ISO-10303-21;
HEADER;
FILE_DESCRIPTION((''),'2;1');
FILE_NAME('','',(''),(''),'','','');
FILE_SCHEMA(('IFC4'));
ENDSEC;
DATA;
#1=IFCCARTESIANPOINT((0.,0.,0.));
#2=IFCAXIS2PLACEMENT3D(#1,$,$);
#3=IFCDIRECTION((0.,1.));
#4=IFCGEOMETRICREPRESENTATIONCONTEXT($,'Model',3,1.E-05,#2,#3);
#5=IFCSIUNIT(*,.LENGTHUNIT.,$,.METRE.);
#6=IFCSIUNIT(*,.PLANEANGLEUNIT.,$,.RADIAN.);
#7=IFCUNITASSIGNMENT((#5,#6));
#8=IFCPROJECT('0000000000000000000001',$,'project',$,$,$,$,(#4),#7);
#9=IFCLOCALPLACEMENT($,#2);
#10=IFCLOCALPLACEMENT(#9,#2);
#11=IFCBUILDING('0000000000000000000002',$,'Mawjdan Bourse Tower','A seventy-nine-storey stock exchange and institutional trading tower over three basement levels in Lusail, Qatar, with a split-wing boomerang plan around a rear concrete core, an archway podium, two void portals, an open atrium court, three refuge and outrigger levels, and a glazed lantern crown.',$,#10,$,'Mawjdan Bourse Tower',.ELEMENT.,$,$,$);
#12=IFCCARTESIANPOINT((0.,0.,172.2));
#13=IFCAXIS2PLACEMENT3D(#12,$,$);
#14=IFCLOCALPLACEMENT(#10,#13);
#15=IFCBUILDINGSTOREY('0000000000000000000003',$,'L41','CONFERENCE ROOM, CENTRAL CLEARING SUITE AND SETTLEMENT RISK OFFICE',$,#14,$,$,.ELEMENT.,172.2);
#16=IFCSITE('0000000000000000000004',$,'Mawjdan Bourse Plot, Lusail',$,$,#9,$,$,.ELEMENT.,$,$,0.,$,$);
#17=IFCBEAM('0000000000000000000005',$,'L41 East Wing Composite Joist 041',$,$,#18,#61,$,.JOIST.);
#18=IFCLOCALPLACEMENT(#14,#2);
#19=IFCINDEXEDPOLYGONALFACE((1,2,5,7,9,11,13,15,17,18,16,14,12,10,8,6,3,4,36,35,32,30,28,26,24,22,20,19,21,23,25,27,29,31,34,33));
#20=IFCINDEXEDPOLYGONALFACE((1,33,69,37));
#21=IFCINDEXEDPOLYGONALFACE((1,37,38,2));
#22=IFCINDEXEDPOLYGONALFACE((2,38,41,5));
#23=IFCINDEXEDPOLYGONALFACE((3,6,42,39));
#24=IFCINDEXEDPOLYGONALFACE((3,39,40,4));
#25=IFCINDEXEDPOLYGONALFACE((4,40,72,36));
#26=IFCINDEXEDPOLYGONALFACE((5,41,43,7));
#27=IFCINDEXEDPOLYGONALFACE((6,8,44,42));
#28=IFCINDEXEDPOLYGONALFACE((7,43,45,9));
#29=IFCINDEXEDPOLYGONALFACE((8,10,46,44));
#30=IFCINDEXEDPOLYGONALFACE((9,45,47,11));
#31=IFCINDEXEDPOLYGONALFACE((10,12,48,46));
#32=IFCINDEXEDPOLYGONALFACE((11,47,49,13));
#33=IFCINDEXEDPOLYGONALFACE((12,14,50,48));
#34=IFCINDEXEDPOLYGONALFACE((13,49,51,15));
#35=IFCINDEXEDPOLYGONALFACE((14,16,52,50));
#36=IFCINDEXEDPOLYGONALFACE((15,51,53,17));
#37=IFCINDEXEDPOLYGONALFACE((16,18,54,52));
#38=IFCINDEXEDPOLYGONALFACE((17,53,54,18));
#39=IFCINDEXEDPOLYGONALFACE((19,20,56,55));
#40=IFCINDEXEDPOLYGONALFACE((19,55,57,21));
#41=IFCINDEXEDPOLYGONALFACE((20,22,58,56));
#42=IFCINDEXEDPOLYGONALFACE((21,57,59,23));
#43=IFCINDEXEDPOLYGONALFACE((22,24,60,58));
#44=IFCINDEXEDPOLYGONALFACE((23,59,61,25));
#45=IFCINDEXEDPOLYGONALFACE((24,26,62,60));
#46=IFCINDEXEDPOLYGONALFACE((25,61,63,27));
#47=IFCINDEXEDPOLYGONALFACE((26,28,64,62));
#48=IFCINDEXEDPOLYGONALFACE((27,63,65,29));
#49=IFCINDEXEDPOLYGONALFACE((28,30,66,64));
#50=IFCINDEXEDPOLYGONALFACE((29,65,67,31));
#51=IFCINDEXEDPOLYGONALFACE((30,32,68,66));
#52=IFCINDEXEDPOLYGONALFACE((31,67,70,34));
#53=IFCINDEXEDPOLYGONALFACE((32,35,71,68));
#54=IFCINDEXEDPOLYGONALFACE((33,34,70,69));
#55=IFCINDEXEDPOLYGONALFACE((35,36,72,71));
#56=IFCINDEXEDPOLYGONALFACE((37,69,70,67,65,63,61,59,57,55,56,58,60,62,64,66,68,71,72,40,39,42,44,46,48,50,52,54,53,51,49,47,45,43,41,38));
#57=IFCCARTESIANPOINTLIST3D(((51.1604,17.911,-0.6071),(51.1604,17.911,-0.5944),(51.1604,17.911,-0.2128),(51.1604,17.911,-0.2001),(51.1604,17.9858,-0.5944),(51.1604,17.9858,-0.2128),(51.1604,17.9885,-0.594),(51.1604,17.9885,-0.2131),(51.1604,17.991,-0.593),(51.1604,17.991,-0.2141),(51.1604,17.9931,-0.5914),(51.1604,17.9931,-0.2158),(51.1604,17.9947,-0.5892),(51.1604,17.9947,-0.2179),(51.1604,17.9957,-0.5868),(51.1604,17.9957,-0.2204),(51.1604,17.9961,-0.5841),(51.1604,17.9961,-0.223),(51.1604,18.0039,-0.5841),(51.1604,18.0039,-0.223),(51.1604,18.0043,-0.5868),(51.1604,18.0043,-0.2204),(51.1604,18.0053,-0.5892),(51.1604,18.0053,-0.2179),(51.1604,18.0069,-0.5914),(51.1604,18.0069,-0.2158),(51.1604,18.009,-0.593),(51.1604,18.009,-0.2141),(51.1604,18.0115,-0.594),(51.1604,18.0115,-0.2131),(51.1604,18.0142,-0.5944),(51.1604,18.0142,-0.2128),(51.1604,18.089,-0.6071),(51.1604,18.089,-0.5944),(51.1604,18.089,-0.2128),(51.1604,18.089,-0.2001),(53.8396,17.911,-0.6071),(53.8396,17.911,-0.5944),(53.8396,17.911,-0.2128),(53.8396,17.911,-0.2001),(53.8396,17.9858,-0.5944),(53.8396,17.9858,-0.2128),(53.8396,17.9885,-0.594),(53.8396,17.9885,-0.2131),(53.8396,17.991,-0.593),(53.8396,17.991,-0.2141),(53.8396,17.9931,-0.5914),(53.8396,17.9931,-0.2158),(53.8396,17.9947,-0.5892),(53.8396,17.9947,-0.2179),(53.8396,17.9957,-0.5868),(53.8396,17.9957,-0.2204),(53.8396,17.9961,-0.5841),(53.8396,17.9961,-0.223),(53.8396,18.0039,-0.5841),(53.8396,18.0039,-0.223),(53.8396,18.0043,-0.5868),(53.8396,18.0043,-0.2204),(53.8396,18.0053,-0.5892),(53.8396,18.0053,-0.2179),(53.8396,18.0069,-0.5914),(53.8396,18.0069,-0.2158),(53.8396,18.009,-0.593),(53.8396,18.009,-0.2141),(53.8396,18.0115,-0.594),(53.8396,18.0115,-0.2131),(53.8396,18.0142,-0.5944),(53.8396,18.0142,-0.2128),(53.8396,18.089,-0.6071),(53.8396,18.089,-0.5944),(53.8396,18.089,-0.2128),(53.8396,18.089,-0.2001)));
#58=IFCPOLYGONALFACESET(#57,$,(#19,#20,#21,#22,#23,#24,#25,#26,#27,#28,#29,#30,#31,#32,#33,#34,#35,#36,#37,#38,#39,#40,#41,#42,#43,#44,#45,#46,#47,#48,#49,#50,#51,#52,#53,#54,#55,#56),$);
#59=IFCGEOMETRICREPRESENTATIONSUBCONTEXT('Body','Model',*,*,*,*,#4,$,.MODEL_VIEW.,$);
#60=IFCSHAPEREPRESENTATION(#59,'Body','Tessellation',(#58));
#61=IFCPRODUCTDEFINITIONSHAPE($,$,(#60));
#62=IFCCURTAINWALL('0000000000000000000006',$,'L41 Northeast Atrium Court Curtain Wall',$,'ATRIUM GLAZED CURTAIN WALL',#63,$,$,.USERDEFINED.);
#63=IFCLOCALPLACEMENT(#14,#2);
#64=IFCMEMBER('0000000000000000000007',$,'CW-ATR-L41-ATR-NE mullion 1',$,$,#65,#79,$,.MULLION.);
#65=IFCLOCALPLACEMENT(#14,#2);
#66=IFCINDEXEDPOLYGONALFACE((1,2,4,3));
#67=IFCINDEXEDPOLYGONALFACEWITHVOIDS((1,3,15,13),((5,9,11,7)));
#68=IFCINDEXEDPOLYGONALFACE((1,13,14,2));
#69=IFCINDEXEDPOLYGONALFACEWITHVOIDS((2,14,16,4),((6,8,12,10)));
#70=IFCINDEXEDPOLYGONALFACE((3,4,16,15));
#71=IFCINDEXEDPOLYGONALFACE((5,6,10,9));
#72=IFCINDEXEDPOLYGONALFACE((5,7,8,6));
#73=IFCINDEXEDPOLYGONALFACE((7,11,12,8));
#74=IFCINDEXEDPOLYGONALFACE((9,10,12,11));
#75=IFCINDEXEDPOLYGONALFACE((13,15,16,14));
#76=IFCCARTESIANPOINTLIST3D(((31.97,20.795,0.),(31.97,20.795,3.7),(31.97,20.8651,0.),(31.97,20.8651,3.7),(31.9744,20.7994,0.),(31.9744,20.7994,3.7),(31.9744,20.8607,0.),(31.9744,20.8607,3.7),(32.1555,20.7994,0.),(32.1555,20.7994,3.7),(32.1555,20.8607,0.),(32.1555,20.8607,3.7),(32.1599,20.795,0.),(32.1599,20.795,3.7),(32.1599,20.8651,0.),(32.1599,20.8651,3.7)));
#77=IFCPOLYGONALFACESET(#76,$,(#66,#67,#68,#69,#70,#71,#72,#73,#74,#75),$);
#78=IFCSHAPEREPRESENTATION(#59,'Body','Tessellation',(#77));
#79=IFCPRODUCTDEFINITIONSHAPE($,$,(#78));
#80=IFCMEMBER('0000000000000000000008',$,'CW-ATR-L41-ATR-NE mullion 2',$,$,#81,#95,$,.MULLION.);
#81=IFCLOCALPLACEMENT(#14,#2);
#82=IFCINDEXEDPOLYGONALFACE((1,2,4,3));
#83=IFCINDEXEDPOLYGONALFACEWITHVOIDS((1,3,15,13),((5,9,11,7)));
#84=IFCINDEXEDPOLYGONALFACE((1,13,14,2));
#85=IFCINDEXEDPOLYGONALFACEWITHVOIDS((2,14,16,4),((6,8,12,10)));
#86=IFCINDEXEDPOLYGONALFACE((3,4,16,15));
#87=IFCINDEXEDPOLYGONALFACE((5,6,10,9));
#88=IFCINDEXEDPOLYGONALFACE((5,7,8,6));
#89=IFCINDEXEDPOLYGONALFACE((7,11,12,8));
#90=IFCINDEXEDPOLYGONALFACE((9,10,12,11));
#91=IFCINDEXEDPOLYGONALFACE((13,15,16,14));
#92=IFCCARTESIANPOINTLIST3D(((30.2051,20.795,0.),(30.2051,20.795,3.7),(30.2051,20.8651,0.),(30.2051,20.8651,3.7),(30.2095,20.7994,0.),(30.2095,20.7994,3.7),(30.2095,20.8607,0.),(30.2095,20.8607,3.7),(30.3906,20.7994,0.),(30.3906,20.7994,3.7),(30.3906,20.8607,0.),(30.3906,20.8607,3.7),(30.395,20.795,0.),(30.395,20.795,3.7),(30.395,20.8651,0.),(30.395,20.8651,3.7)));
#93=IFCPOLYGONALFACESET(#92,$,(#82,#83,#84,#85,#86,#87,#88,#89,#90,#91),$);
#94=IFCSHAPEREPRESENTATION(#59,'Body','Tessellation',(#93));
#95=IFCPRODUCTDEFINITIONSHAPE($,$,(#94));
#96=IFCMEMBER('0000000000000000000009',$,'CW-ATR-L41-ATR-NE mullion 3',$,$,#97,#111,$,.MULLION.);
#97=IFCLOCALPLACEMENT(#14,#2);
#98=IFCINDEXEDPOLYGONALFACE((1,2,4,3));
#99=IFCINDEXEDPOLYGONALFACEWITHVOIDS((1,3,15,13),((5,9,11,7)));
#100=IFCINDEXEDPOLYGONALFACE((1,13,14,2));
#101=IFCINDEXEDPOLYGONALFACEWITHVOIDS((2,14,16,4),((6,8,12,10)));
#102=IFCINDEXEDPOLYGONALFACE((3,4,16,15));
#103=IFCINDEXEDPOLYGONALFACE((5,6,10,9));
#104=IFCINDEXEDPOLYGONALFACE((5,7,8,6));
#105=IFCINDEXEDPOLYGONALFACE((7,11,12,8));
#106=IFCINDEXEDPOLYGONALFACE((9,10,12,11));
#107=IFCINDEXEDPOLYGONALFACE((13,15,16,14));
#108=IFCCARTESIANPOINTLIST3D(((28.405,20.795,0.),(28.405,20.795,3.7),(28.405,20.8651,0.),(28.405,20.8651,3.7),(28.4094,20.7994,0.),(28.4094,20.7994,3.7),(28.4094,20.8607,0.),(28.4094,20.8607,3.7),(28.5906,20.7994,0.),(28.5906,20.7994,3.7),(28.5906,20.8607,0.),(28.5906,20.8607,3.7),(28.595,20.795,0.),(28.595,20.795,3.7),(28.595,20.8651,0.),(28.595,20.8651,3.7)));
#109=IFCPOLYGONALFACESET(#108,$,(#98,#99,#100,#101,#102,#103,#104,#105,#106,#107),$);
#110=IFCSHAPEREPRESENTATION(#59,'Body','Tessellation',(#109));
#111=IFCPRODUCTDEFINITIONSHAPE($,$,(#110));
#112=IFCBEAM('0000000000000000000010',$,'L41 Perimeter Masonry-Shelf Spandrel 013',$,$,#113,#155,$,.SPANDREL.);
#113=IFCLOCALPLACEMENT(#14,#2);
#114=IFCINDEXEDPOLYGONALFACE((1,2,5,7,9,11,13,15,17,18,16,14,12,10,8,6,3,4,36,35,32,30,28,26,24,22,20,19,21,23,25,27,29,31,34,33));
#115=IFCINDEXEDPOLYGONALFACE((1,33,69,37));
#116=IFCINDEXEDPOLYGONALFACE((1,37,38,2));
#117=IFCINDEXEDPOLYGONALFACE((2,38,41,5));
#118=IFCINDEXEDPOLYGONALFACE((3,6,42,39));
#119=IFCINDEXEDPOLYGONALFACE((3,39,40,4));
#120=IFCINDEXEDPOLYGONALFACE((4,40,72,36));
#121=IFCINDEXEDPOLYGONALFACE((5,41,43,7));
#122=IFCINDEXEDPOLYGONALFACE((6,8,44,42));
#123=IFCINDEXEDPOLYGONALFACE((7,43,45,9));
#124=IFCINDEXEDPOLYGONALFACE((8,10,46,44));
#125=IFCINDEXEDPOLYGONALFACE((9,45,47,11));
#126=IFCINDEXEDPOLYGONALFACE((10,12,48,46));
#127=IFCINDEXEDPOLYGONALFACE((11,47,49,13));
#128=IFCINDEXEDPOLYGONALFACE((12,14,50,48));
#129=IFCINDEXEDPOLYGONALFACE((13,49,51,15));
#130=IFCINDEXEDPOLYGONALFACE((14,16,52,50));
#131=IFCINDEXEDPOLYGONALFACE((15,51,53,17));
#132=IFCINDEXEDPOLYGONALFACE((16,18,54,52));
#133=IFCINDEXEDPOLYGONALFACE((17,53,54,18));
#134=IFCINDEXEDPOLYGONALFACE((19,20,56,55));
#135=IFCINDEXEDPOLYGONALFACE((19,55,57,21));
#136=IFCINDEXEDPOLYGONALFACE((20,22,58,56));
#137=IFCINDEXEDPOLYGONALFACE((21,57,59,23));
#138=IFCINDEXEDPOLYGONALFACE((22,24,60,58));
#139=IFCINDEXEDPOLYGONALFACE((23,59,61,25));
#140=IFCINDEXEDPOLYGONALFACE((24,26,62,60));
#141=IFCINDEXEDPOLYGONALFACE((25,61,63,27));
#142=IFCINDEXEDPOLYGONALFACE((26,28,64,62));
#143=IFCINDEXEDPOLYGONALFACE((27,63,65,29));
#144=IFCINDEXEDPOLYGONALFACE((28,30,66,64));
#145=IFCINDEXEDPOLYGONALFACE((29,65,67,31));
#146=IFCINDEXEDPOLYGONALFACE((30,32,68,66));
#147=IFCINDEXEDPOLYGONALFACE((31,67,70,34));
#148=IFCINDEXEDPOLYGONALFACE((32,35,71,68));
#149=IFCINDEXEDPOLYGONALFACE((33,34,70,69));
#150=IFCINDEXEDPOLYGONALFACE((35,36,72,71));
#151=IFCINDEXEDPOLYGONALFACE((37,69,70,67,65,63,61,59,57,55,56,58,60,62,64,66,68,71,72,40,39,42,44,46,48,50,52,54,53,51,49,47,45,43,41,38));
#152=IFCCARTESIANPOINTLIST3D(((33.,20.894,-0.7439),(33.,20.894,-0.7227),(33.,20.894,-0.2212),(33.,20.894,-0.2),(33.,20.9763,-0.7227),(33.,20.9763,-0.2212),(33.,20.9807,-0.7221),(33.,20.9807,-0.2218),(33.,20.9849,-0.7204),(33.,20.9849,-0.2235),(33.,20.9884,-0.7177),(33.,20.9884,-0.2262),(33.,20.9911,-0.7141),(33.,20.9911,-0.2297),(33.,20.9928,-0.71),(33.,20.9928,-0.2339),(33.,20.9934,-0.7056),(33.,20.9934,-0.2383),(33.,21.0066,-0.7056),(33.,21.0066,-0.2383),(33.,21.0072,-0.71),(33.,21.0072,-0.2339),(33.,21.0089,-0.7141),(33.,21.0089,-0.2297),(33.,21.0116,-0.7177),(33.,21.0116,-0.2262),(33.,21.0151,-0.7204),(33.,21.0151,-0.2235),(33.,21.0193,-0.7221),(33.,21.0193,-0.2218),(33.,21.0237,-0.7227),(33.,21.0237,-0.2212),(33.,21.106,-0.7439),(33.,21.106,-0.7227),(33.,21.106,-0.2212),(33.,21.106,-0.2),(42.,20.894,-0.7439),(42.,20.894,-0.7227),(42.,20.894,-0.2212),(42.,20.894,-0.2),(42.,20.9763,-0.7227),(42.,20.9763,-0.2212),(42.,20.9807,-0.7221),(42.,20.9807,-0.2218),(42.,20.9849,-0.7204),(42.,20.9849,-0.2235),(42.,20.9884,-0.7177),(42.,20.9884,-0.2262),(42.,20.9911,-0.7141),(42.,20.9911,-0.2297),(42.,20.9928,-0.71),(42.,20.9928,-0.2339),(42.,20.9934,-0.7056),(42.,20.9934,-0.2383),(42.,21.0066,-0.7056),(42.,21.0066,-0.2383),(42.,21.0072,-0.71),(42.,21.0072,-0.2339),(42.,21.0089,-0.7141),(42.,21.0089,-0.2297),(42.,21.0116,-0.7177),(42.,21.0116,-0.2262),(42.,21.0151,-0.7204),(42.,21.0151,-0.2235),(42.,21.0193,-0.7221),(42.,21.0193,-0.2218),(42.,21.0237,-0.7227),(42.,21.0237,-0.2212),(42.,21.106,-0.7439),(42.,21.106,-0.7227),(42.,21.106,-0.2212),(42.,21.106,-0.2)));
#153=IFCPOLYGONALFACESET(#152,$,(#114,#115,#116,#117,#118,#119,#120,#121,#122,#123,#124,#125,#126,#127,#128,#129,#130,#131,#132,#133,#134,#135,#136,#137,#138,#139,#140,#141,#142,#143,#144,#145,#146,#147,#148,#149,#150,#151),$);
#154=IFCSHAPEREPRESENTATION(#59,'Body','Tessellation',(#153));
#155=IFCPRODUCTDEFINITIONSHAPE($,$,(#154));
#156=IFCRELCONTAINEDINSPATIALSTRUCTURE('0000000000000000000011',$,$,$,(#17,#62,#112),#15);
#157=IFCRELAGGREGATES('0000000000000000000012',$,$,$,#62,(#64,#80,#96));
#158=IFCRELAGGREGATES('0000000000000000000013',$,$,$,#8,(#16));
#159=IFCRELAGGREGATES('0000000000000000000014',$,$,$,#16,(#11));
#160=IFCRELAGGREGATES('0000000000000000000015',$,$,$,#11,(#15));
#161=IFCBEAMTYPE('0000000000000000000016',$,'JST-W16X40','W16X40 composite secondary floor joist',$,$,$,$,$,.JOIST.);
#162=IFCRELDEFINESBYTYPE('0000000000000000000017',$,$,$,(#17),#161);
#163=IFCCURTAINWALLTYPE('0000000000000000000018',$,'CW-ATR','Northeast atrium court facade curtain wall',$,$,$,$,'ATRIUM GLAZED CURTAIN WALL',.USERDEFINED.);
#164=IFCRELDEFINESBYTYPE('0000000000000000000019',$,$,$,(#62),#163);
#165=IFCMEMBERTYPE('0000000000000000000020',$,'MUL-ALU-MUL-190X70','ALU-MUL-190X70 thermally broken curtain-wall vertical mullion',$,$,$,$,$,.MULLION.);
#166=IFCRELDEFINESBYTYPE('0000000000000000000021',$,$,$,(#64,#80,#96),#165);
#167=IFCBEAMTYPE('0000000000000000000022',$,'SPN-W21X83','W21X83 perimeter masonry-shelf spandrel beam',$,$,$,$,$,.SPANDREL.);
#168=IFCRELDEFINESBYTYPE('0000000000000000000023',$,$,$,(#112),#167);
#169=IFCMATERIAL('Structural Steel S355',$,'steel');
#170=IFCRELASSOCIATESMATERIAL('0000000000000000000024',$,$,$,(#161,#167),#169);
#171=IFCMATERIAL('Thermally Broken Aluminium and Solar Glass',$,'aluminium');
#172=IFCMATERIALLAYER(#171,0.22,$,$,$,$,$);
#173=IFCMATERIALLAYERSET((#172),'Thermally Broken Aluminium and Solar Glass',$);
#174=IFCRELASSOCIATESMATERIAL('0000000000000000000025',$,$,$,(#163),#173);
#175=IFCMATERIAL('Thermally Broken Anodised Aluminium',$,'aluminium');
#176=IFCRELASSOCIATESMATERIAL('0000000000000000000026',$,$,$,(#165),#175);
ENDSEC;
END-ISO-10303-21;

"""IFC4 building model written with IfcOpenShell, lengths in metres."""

from ifc_helpers import new_model, si_unit, direction, frame, origin, origin_2d, place, context, subcontext, project, spatial, hollow_rectangle, i_section, extrude, material, layer, layer_set, material_profile, profile_set, type_object, element, aggregate, save


model = new_model("IFC4")

# Units and contexts
model_context = context("Model", 3, precision=1e-05, world=origin(), true_north=direction((0.0, 1.0)))
body_context = subcontext(model_context, "Body", "Model", "MODEL_VIEW")
ifc_project = project(units=[si_unit("LENGTHUNIT", "METRE"), si_unit("PLANEANGLEUNIT", "RADIAN")], contexts=[model_context])

# Site, building, storey
site_placement = place(None, origin())
site = spatial("IfcSite", under=ifc_project, at=site_placement, Name="Mawjdan Bourse Plot, Lusail", CompositionType="ELEMENT", RefElevation=0.0)
building_placement = place(site_placement, origin())
building = spatial("IfcBuilding", under=site, at=building_placement, Name="Mawjdan Bourse Tower", Description="A seventy-nine-storey stock exchange and institutional trading tower over three basement levels in Lusail, Qatar, with a split-wing boomerang plan around a rear concrete core, an archway podium, two void portals, an open atrium court, three refuge and outrigger levels, and a glazed lantern crown.", LongName="Mawjdan Bourse Tower", CompositionType="ELEMENT")
storey_placement = place(building_placement, frame((0.0, 0.0, 172.2)))
storey = spatial("IfcBuildingStorey", under=building, at=storey_placement, Name="L41", Description="CONFERENCE ROOM, CENTRAL CLEARING SUITE AND SETTLEMENT RISK OFFICE", CompositionType="ELEMENT", Elevation=172.2)

# Beam
ifc_material_1 = material(Name="Structural Steel S355", Category="steel")
ifc_material_profile_1 = material_profile(ifc_material_1, i_section(OverallWidth=0.178, OverallDepth=0.407, WebThickness=0.0078, FlangeThickness=0.0127, FilletRadius=0.0103, at=origin_2d()), Name="W16X40")
ifc_profile_set_1 = profile_set([ifc_material_profile_1], Name="Structural Steel S355")
beam_type_1 = type_object("IfcBeamType", Name="JST-W16X40", Description="W16X40 composite secondary floor joist", PredefinedType="JOIST", material=ifc_profile_set_1)
for number, where, z_axis, x_axis, name in (
    (1, (51.1604, 18.0, -0.4036), (1.0, 0.0, 0.0), (0.0, 1.0, 0.0), "L41 East Wing Composite Joist 041"),
):
    element("IfcBeam", number, at=place(storey_placement, frame(where, z_axis=z_axis, x_axis=x_axis)), inside=storey, type_object=beam_type_1, Name=name, PredefinedType="JOIST", context=body_context, shape_type="SweptSolid", body=[
        extrude(i_section(OverallWidth=0.178, OverallDepth=0.407, WebThickness=0.0078, FlangeThickness=0.0127, FilletRadius=0.0103, at=origin_2d()), origin(), (0.0, 0.0, 1.0), 2.6792),
    ])

# Curtain wall, members
ifc_material_2 = material(Name="Thermally Broken Aluminium and Solar Glass", Category="aluminium")
ifc_layer_1 = layer(ifc_material_2, 0.22)
ifc_layer_set_1 = layer_set([ifc_layer_1], Name="Thermally Broken Aluminium and Solar Glass")
curtain_wall_type = type_object("IfcCurtainWallType", Name="CW-ATR", Description="Northeast atrium court facade curtain wall", ElementType="ATRIUM GLAZED CURTAIN WALL", PredefinedType="USERDEFINED", material=ifc_layer_set_1)
curtain_wall_placement = place(storey_placement, origin())
curtain_wall = element("IfcCurtainWall", 2, at=curtain_wall_placement, inside=storey, type_object=curtain_wall_type, Name="L41 Northeast Atrium Court Curtain Wall", ObjectType="ATRIUM GLAZED CURTAIN WALL", PredefinedType="USERDEFINED")
ifc_material_3 = material(Name="Thermally Broken Anodised Aluminium", Category="aluminium")
ifc_material_profile_2 = material_profile(ifc_material_3, hollow_rectangle(XDim=0.0701, YDim=0.1899, WallThickness=0.0044, at=origin_2d()), Name="ALU-MUL-190X70")
ifc_profile_set_2 = profile_set([ifc_material_profile_2], Name="Thermally Broken Anodised Aluminium")
member_type_1 = type_object("IfcMemberType", Name="MUL-ALU-MUL-190X70", Description="ALU-MUL-190X70 thermally broken curtain-wall vertical mullion", PredefinedType="MULLION", material=ifc_profile_set_2)
member_1_placement = place(storey_placement, frame((32.0649, 20.8301, 0.0), z_axis=(0.0, 0.0, 1.0), x_axis=(0.0, -1.0, 0.0)))
member_1 = element("IfcMember", 3, at=member_1_placement, type_object=member_type_1, Name="CW-ATR-L41-ATR-NE mullion 1", PredefinedType="MULLION", context=body_context, shape_type="SweptSolid", body=[
    extrude(hollow_rectangle(XDim=0.0701, YDim=0.1899, WallThickness=0.0044, at=origin_2d()), origin(), (0.0, 0.0, 1.0), 3.7),
])
member_2_placement = place(storey_placement, frame((30.3, 20.8301, 0.0), z_axis=(0.0, 0.0, 1.0), x_axis=(0.0, -1.0, 0.0)))
member_2 = element("IfcMember", 4, at=member_2_placement, type_object=member_type_1, Name="CW-ATR-L41-ATR-NE mullion 2", PredefinedType="MULLION", context=body_context, shape_type="SweptSolid", body=[
    extrude(hollow_rectangle(XDim=0.0701, YDim=0.1899, WallThickness=0.0044, at=origin_2d()), origin(), (0.0, 0.0, 1.0), 3.7),
])
member_3_placement = place(storey_placement, frame((28.5, 20.8301, 0.0), z_axis=(0.0, 0.0, 1.0), x_axis=(0.0, -1.0, 0.0)))
member_3 = element("IfcMember", 5, at=member_3_placement, type_object=member_type_1, Name="CW-ATR-L41-ATR-NE mullion 3", PredefinedType="MULLION", context=body_context, shape_type="SweptSolid", body=[
    extrude(hollow_rectangle(XDim=0.0701, YDim=0.1899, WallThickness=0.0044, at=origin_2d()), origin(), (0.0, 0.0, 1.0), 3.7),
])

# Beam
ifc_material_profile_3 = material_profile(ifc_material_1, i_section(OverallWidth=0.2119, OverallDepth=0.5439, WebThickness=0.0132, FlangeThickness=0.0212, FilletRadius=0.0171, at=origin_2d()), Name="W21X83")
ifc_profile_set_3 = profile_set([ifc_material_profile_3], Name="Structural Steel S355")
beam_type_2 = type_object("IfcBeamType", Name="SPN-W21X83", Description="W21X83 perimeter masonry-shelf spandrel beam", PredefinedType="SPANDREL", material=ifc_profile_set_3)
beam_1_placement = place(storey_placement, frame((33.0, 21.0, -0.4719), z_axis=(1.0, 0.0, 0.0), x_axis=(0.0, 1.0, 0.0)))
element("IfcBeam", 6, at=beam_1_placement, inside=storey, type_object=beam_type_2, Name="L41 Perimeter Masonry-Shelf Spandrel 013", PredefinedType="SPANDREL", context=body_context, shape_type="SweptSolid", body=[
    extrude(i_section(OverallWidth=0.2119, OverallDepth=0.5439, WebThickness=0.0132, FlangeThickness=0.0212, FilletRadius=0.0171, at=origin_2d()), origin(), (0.0, 0.0, 1.0), 9.0),
])

aggregate(curtain_wall, [member_1, member_2, member_3])

save(model, "model.ifc")
